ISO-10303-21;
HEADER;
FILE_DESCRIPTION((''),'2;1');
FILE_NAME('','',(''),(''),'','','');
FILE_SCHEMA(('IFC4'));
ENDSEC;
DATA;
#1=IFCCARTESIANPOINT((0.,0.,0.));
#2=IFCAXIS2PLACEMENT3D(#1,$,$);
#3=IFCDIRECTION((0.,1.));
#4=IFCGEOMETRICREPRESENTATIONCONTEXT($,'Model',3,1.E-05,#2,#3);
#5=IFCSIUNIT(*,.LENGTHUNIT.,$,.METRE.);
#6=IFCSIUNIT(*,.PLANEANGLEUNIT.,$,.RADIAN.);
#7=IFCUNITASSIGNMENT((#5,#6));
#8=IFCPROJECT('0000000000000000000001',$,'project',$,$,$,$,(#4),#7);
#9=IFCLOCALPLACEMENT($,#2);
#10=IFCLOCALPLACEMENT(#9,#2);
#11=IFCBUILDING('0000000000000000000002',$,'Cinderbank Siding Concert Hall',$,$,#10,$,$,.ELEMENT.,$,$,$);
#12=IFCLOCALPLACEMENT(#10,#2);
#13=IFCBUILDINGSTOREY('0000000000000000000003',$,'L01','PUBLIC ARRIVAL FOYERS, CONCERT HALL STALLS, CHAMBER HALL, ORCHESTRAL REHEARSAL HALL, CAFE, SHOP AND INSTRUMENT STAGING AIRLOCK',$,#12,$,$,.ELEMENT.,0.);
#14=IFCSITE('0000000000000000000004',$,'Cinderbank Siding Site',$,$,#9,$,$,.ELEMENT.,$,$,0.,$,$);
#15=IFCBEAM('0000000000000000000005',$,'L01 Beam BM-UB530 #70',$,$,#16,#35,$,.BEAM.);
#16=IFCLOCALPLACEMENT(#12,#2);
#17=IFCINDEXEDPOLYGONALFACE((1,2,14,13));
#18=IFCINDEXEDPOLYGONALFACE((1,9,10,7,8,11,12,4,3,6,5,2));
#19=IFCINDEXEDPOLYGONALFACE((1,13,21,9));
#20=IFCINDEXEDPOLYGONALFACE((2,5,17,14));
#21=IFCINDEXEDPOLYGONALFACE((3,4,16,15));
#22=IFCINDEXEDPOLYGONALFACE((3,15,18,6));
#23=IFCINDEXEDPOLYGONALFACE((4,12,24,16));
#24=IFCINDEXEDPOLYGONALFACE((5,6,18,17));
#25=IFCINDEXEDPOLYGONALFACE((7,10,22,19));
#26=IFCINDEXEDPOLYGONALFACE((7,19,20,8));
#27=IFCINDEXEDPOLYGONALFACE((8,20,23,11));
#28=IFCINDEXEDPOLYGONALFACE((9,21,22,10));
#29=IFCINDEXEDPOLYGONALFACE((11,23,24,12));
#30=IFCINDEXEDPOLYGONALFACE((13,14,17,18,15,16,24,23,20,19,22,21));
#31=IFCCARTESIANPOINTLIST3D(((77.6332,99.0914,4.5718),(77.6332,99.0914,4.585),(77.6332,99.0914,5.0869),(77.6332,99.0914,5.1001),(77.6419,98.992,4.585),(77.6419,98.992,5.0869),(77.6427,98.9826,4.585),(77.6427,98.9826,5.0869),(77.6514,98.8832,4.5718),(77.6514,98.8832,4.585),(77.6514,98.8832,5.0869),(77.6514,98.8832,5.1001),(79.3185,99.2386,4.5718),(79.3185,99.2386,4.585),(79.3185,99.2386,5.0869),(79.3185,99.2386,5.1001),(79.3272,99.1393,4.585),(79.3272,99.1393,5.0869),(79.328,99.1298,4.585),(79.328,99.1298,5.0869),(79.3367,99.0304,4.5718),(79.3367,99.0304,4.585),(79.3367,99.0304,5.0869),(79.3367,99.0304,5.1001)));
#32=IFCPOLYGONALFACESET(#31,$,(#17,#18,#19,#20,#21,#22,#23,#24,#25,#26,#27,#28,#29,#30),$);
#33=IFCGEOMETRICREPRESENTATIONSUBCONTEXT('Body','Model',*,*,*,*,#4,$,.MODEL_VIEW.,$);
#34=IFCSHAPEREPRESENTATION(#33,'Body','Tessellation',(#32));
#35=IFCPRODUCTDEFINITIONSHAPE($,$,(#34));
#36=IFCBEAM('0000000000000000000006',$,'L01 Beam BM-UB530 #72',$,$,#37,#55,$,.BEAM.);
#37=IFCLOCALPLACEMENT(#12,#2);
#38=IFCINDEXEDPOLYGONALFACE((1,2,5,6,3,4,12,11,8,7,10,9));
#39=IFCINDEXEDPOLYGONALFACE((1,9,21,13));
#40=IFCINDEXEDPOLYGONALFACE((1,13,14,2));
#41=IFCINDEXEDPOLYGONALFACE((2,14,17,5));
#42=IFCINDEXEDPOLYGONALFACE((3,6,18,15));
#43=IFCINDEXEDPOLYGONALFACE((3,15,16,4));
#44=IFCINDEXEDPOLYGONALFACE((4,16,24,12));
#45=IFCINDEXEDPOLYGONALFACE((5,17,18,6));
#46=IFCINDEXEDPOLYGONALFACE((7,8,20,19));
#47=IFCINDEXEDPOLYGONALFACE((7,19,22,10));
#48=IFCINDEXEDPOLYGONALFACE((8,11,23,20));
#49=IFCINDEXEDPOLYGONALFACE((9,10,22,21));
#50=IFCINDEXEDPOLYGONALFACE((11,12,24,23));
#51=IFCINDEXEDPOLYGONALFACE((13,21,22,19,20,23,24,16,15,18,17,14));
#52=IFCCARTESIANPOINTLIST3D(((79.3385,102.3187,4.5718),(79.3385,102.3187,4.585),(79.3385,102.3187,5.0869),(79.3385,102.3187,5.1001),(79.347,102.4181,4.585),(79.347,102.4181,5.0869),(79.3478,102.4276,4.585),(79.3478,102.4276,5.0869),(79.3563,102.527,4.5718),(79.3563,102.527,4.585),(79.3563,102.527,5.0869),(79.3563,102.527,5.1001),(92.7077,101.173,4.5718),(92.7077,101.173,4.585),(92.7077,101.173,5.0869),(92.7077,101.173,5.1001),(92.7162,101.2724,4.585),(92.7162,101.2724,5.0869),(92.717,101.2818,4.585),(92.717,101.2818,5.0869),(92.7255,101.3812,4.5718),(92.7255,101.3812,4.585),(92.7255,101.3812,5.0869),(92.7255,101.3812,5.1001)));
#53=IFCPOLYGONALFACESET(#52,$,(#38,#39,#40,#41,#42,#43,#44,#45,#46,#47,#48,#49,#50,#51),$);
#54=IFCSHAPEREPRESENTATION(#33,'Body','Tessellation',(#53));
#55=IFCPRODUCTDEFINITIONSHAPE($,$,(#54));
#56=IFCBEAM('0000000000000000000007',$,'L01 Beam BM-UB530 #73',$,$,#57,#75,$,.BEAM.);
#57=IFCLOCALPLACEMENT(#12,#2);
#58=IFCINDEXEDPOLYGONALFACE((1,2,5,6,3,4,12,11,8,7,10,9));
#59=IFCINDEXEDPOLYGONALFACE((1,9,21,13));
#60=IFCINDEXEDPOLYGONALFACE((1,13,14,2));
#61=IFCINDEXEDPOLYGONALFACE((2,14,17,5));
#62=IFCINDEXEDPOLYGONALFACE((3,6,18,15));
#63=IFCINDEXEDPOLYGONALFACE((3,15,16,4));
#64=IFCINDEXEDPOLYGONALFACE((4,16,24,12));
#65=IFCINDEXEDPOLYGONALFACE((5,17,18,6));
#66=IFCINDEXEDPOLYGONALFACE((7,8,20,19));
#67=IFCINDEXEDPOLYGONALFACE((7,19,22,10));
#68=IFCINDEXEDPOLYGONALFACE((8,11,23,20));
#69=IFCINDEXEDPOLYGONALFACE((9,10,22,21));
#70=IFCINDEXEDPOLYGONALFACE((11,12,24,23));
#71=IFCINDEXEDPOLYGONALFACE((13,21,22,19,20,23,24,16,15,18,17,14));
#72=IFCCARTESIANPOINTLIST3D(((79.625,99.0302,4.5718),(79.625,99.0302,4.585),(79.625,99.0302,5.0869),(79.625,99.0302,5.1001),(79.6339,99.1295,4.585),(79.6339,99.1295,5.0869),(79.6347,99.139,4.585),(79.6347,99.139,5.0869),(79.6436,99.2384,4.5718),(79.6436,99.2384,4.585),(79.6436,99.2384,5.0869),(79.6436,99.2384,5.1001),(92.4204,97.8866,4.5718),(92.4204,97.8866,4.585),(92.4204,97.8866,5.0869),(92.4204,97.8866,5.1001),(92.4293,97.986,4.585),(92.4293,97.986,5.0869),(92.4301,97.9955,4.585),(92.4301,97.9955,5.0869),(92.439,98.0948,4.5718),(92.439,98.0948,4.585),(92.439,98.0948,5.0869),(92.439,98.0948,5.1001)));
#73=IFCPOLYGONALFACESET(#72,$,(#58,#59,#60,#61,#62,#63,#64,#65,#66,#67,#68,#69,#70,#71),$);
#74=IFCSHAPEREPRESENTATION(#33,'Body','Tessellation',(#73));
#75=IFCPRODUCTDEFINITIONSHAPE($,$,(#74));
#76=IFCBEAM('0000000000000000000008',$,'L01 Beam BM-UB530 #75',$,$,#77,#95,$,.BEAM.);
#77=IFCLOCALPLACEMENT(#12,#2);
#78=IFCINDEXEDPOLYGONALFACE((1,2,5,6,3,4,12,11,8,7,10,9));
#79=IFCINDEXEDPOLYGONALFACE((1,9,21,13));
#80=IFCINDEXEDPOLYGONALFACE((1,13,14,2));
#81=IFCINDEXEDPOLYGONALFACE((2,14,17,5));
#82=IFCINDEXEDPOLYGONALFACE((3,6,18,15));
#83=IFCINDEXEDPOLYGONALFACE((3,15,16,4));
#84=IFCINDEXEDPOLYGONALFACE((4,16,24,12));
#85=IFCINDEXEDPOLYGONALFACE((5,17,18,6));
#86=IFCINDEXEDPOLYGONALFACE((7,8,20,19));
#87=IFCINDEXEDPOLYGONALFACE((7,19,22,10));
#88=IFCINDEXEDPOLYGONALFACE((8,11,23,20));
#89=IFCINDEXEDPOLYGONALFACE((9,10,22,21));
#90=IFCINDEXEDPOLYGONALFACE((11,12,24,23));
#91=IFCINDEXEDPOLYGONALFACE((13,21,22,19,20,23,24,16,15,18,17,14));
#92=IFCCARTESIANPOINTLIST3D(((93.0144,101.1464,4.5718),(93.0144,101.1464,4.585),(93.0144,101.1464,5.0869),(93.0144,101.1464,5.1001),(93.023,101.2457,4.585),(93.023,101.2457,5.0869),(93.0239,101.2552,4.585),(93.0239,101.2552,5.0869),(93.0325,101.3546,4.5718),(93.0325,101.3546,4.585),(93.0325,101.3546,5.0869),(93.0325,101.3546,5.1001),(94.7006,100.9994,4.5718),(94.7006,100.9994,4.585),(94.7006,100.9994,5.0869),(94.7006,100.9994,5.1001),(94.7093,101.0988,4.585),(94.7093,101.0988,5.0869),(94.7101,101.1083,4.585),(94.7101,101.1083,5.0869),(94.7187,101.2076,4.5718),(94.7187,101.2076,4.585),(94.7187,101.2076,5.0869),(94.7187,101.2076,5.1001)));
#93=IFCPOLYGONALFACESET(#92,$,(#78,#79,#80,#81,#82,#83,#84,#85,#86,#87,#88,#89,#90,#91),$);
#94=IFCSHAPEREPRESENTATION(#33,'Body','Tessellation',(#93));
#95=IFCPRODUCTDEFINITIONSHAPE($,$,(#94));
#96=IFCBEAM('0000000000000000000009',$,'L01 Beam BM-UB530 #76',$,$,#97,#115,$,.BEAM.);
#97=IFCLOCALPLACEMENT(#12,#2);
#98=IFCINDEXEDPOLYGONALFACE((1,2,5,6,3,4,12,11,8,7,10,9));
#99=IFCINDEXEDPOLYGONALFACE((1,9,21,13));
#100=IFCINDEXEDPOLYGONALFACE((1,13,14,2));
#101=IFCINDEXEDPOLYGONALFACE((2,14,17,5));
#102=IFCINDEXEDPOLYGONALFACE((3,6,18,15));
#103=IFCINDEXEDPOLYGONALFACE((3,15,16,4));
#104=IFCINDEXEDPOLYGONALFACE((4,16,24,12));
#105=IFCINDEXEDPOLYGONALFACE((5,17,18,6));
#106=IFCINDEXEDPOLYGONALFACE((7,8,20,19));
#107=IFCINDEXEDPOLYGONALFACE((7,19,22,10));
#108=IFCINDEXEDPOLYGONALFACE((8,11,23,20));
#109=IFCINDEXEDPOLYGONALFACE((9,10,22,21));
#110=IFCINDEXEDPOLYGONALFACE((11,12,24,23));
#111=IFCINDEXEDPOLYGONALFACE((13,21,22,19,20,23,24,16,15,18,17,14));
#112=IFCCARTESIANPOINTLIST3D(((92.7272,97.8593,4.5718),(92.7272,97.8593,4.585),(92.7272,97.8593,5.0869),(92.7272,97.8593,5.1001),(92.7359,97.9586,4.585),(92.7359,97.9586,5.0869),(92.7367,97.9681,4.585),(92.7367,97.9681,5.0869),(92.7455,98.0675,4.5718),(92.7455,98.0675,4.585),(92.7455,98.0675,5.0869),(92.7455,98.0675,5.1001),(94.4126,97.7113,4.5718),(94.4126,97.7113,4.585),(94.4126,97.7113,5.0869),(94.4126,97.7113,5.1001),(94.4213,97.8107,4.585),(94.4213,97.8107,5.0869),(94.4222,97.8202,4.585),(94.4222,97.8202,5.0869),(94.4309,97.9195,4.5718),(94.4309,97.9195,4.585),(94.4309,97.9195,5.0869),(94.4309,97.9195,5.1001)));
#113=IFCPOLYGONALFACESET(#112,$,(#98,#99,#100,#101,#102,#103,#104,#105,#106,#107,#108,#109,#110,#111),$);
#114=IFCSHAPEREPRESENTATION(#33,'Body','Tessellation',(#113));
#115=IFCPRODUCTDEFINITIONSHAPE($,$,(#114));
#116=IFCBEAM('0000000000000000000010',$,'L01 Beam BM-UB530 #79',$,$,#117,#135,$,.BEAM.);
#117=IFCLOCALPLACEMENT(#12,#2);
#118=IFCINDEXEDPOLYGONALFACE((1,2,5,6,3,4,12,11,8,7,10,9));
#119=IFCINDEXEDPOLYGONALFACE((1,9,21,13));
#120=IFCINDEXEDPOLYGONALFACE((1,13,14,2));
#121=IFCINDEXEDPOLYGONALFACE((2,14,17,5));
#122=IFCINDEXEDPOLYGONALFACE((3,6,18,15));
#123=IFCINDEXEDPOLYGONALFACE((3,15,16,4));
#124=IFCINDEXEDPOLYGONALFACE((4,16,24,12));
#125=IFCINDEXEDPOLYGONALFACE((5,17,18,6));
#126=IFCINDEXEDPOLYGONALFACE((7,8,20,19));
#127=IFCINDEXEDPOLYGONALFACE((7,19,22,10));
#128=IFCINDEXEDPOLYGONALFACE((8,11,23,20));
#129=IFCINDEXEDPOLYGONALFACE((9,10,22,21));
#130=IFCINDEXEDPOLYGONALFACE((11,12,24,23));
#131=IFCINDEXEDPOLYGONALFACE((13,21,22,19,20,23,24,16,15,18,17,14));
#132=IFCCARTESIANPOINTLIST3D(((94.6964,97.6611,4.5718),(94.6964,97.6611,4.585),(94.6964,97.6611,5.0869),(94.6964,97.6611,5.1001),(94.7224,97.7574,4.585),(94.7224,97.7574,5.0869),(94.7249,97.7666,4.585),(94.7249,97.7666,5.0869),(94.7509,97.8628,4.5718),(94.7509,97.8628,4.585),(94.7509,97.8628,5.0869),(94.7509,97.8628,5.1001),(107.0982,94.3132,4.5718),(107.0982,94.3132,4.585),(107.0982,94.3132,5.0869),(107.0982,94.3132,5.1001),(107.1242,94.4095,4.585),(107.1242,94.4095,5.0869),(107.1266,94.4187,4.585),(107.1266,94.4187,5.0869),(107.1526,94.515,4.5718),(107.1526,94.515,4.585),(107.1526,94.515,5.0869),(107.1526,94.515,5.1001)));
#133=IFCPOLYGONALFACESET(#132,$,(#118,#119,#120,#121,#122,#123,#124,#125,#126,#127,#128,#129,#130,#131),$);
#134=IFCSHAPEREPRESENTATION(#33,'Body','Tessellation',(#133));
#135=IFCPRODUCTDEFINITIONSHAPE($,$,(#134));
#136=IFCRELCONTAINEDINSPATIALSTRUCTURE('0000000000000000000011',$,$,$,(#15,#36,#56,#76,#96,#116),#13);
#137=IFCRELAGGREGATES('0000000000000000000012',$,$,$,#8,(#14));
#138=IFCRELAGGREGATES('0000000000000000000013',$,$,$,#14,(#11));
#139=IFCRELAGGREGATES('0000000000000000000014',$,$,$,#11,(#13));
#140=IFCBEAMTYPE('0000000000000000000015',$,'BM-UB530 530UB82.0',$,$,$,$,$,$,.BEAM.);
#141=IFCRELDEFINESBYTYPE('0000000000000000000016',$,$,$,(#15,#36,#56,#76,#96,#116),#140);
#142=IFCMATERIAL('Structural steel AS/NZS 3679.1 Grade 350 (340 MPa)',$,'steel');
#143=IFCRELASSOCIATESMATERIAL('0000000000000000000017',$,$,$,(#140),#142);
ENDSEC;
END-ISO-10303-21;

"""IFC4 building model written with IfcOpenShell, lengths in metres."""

from ifc_helpers import new_model, si_unit, direction, frame, origin, origin_2d, place, context, subcontext, project, spatial, i_section, extrude, material, material_profile, profile_set, type_object, element, save


model = new_model("IFC4")

# Units and contexts
model_context = context("Model", 3, precision=1e-05, world=origin(), true_north=direction((0.0, 1.0)))
body_context = subcontext(model_context, "Body", "Model", "MODEL_VIEW")
ifc_project = project(units=[si_unit("LENGTHUNIT", "METRE"), si_unit("PLANEANGLEUNIT", "RADIAN")], contexts=[model_context])

# Site, building, storey
site_placement = place(None, origin())
site = spatial("IfcSite", under=ifc_project, at=site_placement, Name="Cinderbank Siding Site", CompositionType="ELEMENT", RefElevation=0.0)
building_placement = place(site_placement, origin())
building = spatial("IfcBuilding", under=site, at=building_placement, Name="Cinderbank Siding Concert Hall", CompositionType="ELEMENT")
storey_placement = place(building_placement, origin())
storey = spatial("IfcBuildingStorey", under=building, at=storey_placement, Name="L01", Description="PUBLIC ARRIVAL FOYERS, CONCERT HALL STALLS, CHAMBER HALL, ORCHESTRAL REHEARSAL HALL, CAFE, SHOP AND INSTRUMENT STAGING AIRLOCK", CompositionType="ELEMENT", Elevation=0.0)

# Beams
ifc_material_1 = material(Name="Structural steel AS/NZS 3679.1 Grade 350 (340 MPa)", Category="steel")
ifc_material_profile_1 = material_profile(ifc_material_1, i_section(OverallWidth=0.209, OverallDepth=0.5283, WebThickness=0.0095, FlangeThickness=0.0132, at=origin_2d()), Name="530UB82.0", Category="LoadBearing")
ifc_profile_set_1 = profile_set([ifc_material_profile_1], Name="Structural steel AS/NZS 3679.1 Grade 350 (340 MPa)")
beam_type_1 = type_object("IfcBeamType", Name="BM-UB530 530UB82.0", PredefinedType="BEAM", material=ifc_profile_set_1)
beam_1_placement = place(storey_placement, frame((77.6423, 98.9873, 4.8359), z_axis=(0.996206, 0.087022, 0.0), x_axis=(-0.087022, 0.996206, 0.0)))
element("IfcBeam", 1, at=beam_1_placement, inside=storey, type_object=beam_type_1, Name="L01 Beam BM-UB530 #70", PredefinedType="BEAM", context=body_context, shape_type="SweptSolid", body=[
    extrude(i_section(OverallWidth=0.209, OverallDepth=0.5283, WebThickness=0.0095, FlangeThickness=0.0132, at=origin_2d()), origin(), (0.0, 0.0, 1.0), 1.6917),
])
beam_2_placement = place(storey_placement, frame((79.3474, 102.4229, 4.8359), z_axis=(0.996348, -0.085388, 0.0), x_axis=(0.085388, 0.996348, 0.0)))
element("IfcBeam", 2, at=beam_2_placement, inside=storey, type_object=beam_type_1, Name="L01 Beam BM-UB530 #72", PredefinedType="BEAM", context=body_context, shape_type="SweptSolid", body=[
    extrude(i_section(OverallWidth=0.209, OverallDepth=0.5283, WebThickness=0.0095, FlangeThickness=0.0132, at=origin_2d()), origin(), (0.0, 0.0, 1.0), 13.4182),
])
beam_3_placement = place(storey_placement, frame((79.6343, 99.1343, 4.8359), z_axis=(0.99603, -0.089017, 0.0), x_axis=(0.089017, 0.99603, 0.0)))
element("IfcBeam", 3, at=beam_3_placement, inside=storey, type_object=beam_type_1, Name="L01 Beam BM-UB530 #73", PredefinedType="BEAM", context=body_context, shape_type="SweptSolid", body=[
    extrude(i_section(OverallWidth=0.209, OverallDepth=0.5283, WebThickness=0.0095, FlangeThickness=0.0132, at=origin_2d()), origin(), (0.0, 0.0, 1.0), 12.8464),
])
beam_4_placement = place(storey_placement, frame((93.0234, 101.2505, 4.8359), z_axis=(0.996223, -0.086829, 0.0), x_axis=(0.086829, 0.996223, 0.0)))
element("IfcBeam", 4, at=beam_4_placement, inside=storey, type_object=beam_type_1, Name="L01 Beam BM-UB530 #75", PredefinedType="BEAM", context=body_context, shape_type="SweptSolid", body=[
    extrude(i_section(OverallWidth=0.209, OverallDepth=0.5283, WebThickness=0.0095, FlangeThickness=0.0132, at=origin_2d()), origin(), (0.0, 0.0, 1.0), 1.6926),
])
beam_5_placement = place(storey_placement, frame((92.7363, 97.9634, 4.8359), z_axis=(0.996169, -0.087452, 0.0), x_axis=(0.087452, 0.996169, 0.0)))
element("IfcBeam", 5, at=beam_5_placement, inside=storey, type_object=beam_type_1, Name="L01 Beam BM-UB530 #76", PredefinedType="BEAM", context=body_context, shape_type="SweptSolid", body=[
    extrude(i_section(OverallWidth=0.209, OverallDepth=0.5283, WebThickness=0.0095, FlangeThickness=0.0132, at=origin_2d()), origin(), (0.0, 0.0, 1.0), 1.6919),
])
beam_6_placement = place(storey_placement, frame((94.7236, 97.762, 4.8359), z_axis=(0.965441, -0.260622, 0.0), x_axis=(0.260622, 0.965441, 0.0)))
element("IfcBeam", 6, at=beam_6_placement, inside=storey, type_object=beam_type_1, Name="L01 Beam BM-UB530 #79", PredefinedType="BEAM", context=body_context, shape_type="SweptSolid", body=[
    extrude(i_section(OverallWidth=0.209, OverallDepth=0.5283, WebThickness=0.0095, FlangeThickness=0.0132, at=origin_2d()), origin(), (0.0, 0.0, 1.0), 12.8457),
])

save(model, "model.ifc")
